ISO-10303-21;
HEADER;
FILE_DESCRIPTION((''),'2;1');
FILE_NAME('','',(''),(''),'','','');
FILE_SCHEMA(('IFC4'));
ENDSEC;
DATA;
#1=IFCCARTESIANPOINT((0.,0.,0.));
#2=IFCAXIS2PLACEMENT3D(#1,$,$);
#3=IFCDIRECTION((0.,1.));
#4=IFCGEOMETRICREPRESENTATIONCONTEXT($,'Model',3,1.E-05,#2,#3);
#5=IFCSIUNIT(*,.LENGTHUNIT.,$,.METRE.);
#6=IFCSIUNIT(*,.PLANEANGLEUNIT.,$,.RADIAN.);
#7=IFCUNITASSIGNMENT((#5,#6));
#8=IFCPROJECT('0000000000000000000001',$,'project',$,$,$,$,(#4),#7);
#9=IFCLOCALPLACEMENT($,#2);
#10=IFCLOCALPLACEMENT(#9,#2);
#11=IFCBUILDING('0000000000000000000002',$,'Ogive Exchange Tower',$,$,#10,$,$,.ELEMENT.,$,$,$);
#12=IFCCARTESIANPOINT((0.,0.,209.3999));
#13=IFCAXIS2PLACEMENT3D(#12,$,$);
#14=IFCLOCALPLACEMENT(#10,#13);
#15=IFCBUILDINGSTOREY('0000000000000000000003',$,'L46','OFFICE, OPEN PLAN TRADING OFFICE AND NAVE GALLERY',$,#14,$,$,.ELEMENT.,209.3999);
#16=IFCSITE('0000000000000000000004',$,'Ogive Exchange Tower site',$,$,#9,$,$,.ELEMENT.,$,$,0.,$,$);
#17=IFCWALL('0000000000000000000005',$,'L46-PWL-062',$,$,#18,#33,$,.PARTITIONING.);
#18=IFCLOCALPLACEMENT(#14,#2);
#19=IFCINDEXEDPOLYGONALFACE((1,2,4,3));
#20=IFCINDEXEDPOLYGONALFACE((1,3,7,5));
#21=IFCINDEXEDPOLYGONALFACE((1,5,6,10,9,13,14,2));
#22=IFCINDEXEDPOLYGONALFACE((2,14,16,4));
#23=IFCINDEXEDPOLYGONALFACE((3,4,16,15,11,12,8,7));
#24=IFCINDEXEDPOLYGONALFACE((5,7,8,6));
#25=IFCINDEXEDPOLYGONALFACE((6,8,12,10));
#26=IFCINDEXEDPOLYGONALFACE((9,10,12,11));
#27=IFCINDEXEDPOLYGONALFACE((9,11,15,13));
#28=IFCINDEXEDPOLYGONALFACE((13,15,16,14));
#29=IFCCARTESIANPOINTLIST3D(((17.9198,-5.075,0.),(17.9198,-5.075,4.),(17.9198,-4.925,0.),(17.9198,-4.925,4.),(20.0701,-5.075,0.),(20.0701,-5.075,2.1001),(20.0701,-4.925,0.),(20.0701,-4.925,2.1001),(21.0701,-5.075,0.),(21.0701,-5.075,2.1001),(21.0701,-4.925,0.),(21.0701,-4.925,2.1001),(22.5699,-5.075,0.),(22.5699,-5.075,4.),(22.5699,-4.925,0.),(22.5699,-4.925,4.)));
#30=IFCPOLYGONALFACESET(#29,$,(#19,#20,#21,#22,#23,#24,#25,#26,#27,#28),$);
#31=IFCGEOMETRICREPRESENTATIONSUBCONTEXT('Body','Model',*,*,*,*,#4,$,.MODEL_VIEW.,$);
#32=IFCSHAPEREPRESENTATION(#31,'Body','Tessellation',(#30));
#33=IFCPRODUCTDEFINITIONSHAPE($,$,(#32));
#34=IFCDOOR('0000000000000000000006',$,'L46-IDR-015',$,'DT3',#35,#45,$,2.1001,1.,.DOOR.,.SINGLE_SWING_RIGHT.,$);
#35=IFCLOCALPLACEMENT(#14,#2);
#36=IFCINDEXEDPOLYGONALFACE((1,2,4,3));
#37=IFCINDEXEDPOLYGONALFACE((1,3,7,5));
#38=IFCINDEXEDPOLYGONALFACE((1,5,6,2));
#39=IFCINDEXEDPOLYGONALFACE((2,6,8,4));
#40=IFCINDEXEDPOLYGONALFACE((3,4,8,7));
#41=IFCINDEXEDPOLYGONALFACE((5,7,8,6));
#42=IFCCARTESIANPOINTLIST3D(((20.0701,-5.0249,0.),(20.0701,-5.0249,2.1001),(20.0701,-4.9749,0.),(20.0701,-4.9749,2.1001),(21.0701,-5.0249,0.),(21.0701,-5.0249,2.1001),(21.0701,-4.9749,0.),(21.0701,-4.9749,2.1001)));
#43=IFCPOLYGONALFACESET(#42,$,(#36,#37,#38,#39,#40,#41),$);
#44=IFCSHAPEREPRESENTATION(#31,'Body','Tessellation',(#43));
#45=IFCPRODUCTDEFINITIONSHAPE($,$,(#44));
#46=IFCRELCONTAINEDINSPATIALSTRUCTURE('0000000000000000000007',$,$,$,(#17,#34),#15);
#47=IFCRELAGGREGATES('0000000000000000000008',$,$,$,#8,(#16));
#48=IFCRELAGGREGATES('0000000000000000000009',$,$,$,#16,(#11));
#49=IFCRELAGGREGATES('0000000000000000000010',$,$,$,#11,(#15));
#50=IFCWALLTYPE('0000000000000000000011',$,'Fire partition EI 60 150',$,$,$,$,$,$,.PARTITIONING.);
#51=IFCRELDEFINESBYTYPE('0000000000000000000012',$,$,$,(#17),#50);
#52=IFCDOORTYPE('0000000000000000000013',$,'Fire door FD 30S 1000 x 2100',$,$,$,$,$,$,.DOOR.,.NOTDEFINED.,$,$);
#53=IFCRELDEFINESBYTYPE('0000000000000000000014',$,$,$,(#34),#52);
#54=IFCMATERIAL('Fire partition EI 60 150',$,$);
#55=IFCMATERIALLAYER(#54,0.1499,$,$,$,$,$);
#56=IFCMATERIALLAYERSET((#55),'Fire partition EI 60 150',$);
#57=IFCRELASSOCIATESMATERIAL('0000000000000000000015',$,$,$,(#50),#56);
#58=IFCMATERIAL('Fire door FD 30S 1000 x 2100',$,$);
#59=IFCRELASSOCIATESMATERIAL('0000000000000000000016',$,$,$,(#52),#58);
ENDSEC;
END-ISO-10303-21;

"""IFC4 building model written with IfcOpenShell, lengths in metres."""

from ifc_helpers import new_model, si_unit, direction, frame, frame_2d, origin, place, context, subcontext, project, spatial, rectangle, extrude, material, layer, layer_set, type_object, element, fill, save


model = new_model("IFC4")

# Units and contexts
model_context = context("Model", 3, precision=1e-05, world=origin(), true_north=direction((0.0, 1.0)))
body_context = subcontext(model_context, "Body", "Model", "MODEL_VIEW")
ifc_project = project(units=[si_unit("LENGTHUNIT", "METRE"), si_unit("PLANEANGLEUNIT", "RADIAN")], contexts=[model_context])

# Site, building, storey
site_placement = place(None, origin())
site = spatial("IfcSite", under=ifc_project, at=site_placement, Name="Ogive Exchange Tower site", CompositionType="ELEMENT", RefElevation=0.0)
building_placement = place(site_placement, origin())
building = spatial("IfcBuilding", under=site, at=building_placement, Name="Ogive Exchange Tower", CompositionType="ELEMENT")
storey_placement = place(building_placement, frame((0.0, 0.0, 209.3999)))
storey = spatial("IfcBuildingStorey", under=building, at=storey_placement, Name="L46", Description="OFFICE, OPEN PLAN TRADING OFFICE AND NAVE GALLERY", CompositionType="ELEMENT", Elevation=209.3999)

# Wall, opening, door
ifc_material_1 = material(Name="Fire partition EI 60 150")
ifc_layer_1 = layer(ifc_material_1, 0.1499)
ifc_layer_set_1 = layer_set([ifc_layer_1], Name="Fire partition EI 60 150")
wall_type_1 = type_object("IfcWallType", Name="Fire partition EI 60 150", PredefinedType="PARTITIONING", material=ifc_layer_set_1)
wall_1_placement = place(storey_placement, frame((22.5701, -5.0, 0.0), z_axis=(0.0, 0.0, 1.0), x_axis=(-1.0, 0.0, 0.0)))
wall_1 = element("IfcWall", 1, at=wall_1_placement, inside=storey, type_object=wall_type_1, Name="L46-PWL-062", PredefinedType="PARTITIONING", context=body_context, shape_type="SweptSolid", body=[
    extrude(rectangle(XDim=4.6501, YDim=0.1499, at=frame_2d((2.3252, 0.0))), origin(), (0.0, 0.0, 1.0), 4.0),
])
opening_1_placement = place(wall_1_placement, frame((1.5, 0.0, 0.0)))
opening_1 = element("IfcOpeningElement", 2, at=opening_1_placement, cuts=wall_1, PredefinedType="OPENING", context=body_context, shape_type="SweptSolid", body=[
    extrude(rectangle(XDim=1.0, YDim=2.1001, at=frame_2d((0.5, 1.05))), frame((0.0, 0.085, 0.0), z_axis=(0.0, -1.0, 0.0), x_axis=(1.0, 0.0, 0.0)), (0.0, 0.0, 1.0), 0.1699),
])
ifc_material_2 = material(Name="Fire door FD 30S 1000 x 2100")
door_type_1 = type_object("IfcDoorType", Name="Fire door FD 30S 1000 x 2100", OperationType="NOTDEFINED", PredefinedType="DOOR", material=ifc_material_2)
door_1_placement = place(opening_1_placement, origin())
door_1 = element("IfcDoor", 3, at=door_1_placement, inside=storey, type_object=door_type_1, Name="L46-IDR-015", ObjectType="DT3", OperationType="SINGLE_SWING_RIGHT", OverallHeight=2.1001, OverallWidth=1.0, PredefinedType="DOOR", context=body_context, shape_type="SweptSolid", body=[
    extrude(rectangle(XDim=1.0, YDim=2.1001, at=frame_2d((0.5, 1.05))), frame((0.0, 0.0249, 0.0), z_axis=(0.0, -1.0, 0.0), x_axis=(1.0, 0.0, 0.0)), (0.0, 0.0, 1.0), 0.05),
])
fill(opening_1, door_1)

save(model, "model.ifc")
